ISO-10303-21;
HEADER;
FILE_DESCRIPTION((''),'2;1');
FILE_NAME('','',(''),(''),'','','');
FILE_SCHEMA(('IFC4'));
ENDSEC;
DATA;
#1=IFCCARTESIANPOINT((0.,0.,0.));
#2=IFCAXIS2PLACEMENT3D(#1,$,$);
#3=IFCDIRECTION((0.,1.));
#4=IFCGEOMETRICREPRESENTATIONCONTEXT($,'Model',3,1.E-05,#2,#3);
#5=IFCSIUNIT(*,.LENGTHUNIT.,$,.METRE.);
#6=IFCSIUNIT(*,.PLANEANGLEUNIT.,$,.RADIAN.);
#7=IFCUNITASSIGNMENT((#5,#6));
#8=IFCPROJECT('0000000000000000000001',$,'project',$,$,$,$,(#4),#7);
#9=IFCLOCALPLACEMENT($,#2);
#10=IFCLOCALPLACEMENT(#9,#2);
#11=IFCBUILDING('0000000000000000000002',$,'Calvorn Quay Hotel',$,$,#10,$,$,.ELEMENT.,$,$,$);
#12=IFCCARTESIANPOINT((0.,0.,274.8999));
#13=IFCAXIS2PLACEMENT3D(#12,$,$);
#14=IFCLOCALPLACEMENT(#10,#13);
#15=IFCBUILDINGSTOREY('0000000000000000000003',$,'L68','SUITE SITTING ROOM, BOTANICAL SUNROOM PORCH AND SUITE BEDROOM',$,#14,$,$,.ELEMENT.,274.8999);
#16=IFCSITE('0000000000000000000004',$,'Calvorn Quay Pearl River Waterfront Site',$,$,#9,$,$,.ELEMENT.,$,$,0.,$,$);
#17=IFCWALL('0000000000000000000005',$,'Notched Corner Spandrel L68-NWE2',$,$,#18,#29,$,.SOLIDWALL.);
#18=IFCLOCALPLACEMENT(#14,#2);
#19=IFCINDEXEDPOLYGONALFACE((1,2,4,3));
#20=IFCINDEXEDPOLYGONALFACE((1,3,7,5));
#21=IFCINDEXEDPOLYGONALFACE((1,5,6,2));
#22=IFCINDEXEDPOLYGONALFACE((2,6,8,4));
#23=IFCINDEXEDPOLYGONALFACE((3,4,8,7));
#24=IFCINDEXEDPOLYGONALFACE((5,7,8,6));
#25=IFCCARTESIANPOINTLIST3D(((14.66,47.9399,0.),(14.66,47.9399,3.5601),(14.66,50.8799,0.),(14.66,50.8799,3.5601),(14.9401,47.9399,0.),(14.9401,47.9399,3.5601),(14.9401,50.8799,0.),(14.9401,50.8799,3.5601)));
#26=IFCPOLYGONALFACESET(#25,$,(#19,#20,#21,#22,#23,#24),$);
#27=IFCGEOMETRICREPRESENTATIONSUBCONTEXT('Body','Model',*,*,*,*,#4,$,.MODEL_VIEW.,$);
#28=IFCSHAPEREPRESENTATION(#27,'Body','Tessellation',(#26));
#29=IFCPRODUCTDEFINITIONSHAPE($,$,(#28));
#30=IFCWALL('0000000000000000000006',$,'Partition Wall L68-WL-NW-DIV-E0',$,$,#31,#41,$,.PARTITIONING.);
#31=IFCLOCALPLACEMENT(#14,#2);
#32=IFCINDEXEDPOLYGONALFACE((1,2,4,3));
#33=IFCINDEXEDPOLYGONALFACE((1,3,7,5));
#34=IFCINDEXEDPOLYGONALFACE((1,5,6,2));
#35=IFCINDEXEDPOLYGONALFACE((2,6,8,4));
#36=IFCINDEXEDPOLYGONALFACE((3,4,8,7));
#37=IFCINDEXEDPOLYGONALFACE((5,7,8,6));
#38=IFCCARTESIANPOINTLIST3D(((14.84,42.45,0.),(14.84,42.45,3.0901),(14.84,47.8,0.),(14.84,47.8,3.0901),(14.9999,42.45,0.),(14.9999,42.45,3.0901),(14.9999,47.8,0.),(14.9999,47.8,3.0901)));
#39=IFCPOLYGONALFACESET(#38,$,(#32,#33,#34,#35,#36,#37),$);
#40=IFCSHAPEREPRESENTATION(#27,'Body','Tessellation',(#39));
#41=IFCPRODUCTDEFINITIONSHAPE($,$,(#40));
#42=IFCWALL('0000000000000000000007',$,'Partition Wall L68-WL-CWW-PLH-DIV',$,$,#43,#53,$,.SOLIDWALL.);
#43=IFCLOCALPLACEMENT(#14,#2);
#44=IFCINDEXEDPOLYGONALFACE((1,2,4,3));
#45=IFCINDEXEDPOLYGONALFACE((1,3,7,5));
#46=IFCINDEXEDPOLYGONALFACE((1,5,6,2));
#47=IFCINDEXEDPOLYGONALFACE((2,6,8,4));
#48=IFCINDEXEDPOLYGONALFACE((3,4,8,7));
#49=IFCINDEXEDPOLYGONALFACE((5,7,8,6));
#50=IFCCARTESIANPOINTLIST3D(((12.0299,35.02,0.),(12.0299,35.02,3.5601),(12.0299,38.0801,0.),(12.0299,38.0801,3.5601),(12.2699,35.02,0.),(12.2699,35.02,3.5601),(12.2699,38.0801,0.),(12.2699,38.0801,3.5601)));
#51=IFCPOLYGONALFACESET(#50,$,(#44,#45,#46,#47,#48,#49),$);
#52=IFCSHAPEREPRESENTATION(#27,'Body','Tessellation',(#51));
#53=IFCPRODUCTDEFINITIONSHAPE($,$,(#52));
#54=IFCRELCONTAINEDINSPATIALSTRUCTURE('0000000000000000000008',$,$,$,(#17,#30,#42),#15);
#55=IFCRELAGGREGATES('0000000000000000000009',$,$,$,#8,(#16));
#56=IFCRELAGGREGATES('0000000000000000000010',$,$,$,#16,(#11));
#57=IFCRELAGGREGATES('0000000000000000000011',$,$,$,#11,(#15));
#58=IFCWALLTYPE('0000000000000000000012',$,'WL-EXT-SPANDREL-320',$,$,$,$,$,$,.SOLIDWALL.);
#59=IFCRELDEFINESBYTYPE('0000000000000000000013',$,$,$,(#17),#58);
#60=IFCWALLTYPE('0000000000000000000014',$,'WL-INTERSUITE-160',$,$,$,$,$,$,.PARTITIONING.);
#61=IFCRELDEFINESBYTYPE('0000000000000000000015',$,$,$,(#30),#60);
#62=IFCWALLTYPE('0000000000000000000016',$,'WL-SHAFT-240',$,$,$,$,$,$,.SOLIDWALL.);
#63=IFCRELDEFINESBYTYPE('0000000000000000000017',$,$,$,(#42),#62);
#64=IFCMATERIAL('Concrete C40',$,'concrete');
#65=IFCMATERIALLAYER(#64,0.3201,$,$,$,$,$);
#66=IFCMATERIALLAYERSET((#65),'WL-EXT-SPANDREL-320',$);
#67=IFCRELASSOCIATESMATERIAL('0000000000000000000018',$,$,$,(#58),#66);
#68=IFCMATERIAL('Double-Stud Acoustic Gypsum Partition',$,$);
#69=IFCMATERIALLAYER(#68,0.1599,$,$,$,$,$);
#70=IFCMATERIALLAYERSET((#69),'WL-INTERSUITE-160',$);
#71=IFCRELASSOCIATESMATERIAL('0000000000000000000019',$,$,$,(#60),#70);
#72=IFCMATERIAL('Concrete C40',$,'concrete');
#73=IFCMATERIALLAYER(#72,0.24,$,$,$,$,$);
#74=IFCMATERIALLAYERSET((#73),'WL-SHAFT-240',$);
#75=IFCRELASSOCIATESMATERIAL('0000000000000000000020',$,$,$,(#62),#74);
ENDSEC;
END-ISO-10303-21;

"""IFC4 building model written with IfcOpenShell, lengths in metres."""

from ifc_helpers import new_model, si_unit, direction, frame, frame_2d, origin, place, context, subcontext, project, spatial, rectangle, extrude, material, layer, layer_set, type_object, element, save


model = new_model("IFC4")

# Units and contexts
model_context = context("Model", 3, precision=1e-05, world=origin(), true_north=direction((0.0, 1.0)))
body_context = subcontext(model_context, "Body", "Model", "MODEL_VIEW")
ifc_project = project(units=[si_unit("LENGTHUNIT", "METRE"), si_unit("PLANEANGLEUNIT", "RADIAN")], contexts=[model_context])

# Site, building, storey
site_placement = place(None, origin())
site = spatial("IfcSite", under=ifc_project, at=site_placement, Name="Calvorn Quay Pearl River Waterfront Site", CompositionType="ELEMENT", RefElevation=0.0)
building_placement = place(site_placement, origin())
building = spatial("IfcBuilding", under=site, at=building_placement, Name="Calvorn Quay Hotel", CompositionType="ELEMENT")
storey_placement = place(building_placement, frame((0.0, 0.0, 274.8999)))
storey = spatial("IfcBuildingStorey", under=building, at=storey_placement, Name="L68", Description="SUITE SITTING ROOM, BOTANICAL SUNROOM PORCH AND SUITE BEDROOM", CompositionType="ELEMENT", Elevation=274.8999)

# Wall
ifc_material_1 = material(Name="Concrete C40", Category="concrete")
ifc_layer_1 = layer(ifc_material_1, 0.3201)
ifc_layer_set_1 = layer_set([ifc_layer_1], Name="WL-EXT-SPANDREL-320")
wall_type_1 = type_object("IfcWallType", Name="WL-EXT-SPANDREL-320", PredefinedType="SOLIDWALL", material=ifc_layer_set_1)
wall_1_placement = place(storey_placement, frame((14.8, 47.9399, 0.0), z_axis=(0.0, 0.0, 1.0), x_axis=(0.0, 1.0, 0.0)))
element("IfcWall", 1, at=wall_1_placement, inside=storey, type_object=wall_type_1, Name="Notched Corner Spandrel L68-NWE2", PredefinedType="SOLIDWALL", context=body_context, shape_type="SweptSolid", body=[
    extrude(rectangle(XDim=2.9399, YDim=0.28, at=frame_2d((1.47, 0.0))), origin(), (0.0, 0.0, 1.0), 3.5601),
])

# Shared definitions
ifc_material_2 = material(Name="Double-Stud Acoustic Gypsum Partition")
ifc_layer_2 = layer(ifc_material_2, 0.1599)
ifc_layer_set_2 = layer_set([ifc_layer_2], Name="WL-INTERSUITE-160")
wall_type_2 = type_object("IfcWallType", Name="WL-INTERSUITE-160", PredefinedType="PARTITIONING", material=ifc_layer_set_2)

# Walls
wall_2_placement = place(storey_placement, frame((14.9199, 42.45, 0.0), z_axis=(0.0, 0.0, 1.0), x_axis=(0.0, 1.0, 0.0)))
element("IfcWall", 2, at=wall_2_placement, inside=storey, type_object=wall_type_2, Name="Partition Wall L68-WL-NW-DIV-E0", PredefinedType="PARTITIONING", context=body_context, shape_type="SweptSolid", body=[
    extrude(rectangle(XDim=5.3501, YDim=0.1599, at=frame_2d((2.675, 0.0))), origin(), (0.0, 0.0, 1.0), 3.0901),
])
ifc_material_3 = material(Name="Concrete C40", Category="concrete")
ifc_layer_3 = layer(ifc_material_3, 0.24)
ifc_layer_set_3 = layer_set([ifc_layer_3], Name="WL-SHAFT-240")
wall_type_3 = type_object("IfcWallType", Name="WL-SHAFT-240", PredefinedType="SOLIDWALL", material=ifc_layer_set_3)
wall_3_placement = place(storey_placement, frame((12.1499, 35.02, 0.0), z_axis=(0.0, 0.0, 1.0), x_axis=(0.0, 1.0, 0.0)))
element("IfcWall", 3, at=wall_3_placement, inside=storey, type_object=wall_type_3, Name="Partition Wall L68-WL-CWW-PLH-DIV", PredefinedType="SOLIDWALL", context=body_context, shape_type="SweptSolid", body=[
    extrude(rectangle(XDim=3.0601, YDim=0.24, at=frame_2d((1.53, 0.0))), origin(), (0.0, 0.0, 1.0), 3.5601),
])

save(model, "model.ifc")
